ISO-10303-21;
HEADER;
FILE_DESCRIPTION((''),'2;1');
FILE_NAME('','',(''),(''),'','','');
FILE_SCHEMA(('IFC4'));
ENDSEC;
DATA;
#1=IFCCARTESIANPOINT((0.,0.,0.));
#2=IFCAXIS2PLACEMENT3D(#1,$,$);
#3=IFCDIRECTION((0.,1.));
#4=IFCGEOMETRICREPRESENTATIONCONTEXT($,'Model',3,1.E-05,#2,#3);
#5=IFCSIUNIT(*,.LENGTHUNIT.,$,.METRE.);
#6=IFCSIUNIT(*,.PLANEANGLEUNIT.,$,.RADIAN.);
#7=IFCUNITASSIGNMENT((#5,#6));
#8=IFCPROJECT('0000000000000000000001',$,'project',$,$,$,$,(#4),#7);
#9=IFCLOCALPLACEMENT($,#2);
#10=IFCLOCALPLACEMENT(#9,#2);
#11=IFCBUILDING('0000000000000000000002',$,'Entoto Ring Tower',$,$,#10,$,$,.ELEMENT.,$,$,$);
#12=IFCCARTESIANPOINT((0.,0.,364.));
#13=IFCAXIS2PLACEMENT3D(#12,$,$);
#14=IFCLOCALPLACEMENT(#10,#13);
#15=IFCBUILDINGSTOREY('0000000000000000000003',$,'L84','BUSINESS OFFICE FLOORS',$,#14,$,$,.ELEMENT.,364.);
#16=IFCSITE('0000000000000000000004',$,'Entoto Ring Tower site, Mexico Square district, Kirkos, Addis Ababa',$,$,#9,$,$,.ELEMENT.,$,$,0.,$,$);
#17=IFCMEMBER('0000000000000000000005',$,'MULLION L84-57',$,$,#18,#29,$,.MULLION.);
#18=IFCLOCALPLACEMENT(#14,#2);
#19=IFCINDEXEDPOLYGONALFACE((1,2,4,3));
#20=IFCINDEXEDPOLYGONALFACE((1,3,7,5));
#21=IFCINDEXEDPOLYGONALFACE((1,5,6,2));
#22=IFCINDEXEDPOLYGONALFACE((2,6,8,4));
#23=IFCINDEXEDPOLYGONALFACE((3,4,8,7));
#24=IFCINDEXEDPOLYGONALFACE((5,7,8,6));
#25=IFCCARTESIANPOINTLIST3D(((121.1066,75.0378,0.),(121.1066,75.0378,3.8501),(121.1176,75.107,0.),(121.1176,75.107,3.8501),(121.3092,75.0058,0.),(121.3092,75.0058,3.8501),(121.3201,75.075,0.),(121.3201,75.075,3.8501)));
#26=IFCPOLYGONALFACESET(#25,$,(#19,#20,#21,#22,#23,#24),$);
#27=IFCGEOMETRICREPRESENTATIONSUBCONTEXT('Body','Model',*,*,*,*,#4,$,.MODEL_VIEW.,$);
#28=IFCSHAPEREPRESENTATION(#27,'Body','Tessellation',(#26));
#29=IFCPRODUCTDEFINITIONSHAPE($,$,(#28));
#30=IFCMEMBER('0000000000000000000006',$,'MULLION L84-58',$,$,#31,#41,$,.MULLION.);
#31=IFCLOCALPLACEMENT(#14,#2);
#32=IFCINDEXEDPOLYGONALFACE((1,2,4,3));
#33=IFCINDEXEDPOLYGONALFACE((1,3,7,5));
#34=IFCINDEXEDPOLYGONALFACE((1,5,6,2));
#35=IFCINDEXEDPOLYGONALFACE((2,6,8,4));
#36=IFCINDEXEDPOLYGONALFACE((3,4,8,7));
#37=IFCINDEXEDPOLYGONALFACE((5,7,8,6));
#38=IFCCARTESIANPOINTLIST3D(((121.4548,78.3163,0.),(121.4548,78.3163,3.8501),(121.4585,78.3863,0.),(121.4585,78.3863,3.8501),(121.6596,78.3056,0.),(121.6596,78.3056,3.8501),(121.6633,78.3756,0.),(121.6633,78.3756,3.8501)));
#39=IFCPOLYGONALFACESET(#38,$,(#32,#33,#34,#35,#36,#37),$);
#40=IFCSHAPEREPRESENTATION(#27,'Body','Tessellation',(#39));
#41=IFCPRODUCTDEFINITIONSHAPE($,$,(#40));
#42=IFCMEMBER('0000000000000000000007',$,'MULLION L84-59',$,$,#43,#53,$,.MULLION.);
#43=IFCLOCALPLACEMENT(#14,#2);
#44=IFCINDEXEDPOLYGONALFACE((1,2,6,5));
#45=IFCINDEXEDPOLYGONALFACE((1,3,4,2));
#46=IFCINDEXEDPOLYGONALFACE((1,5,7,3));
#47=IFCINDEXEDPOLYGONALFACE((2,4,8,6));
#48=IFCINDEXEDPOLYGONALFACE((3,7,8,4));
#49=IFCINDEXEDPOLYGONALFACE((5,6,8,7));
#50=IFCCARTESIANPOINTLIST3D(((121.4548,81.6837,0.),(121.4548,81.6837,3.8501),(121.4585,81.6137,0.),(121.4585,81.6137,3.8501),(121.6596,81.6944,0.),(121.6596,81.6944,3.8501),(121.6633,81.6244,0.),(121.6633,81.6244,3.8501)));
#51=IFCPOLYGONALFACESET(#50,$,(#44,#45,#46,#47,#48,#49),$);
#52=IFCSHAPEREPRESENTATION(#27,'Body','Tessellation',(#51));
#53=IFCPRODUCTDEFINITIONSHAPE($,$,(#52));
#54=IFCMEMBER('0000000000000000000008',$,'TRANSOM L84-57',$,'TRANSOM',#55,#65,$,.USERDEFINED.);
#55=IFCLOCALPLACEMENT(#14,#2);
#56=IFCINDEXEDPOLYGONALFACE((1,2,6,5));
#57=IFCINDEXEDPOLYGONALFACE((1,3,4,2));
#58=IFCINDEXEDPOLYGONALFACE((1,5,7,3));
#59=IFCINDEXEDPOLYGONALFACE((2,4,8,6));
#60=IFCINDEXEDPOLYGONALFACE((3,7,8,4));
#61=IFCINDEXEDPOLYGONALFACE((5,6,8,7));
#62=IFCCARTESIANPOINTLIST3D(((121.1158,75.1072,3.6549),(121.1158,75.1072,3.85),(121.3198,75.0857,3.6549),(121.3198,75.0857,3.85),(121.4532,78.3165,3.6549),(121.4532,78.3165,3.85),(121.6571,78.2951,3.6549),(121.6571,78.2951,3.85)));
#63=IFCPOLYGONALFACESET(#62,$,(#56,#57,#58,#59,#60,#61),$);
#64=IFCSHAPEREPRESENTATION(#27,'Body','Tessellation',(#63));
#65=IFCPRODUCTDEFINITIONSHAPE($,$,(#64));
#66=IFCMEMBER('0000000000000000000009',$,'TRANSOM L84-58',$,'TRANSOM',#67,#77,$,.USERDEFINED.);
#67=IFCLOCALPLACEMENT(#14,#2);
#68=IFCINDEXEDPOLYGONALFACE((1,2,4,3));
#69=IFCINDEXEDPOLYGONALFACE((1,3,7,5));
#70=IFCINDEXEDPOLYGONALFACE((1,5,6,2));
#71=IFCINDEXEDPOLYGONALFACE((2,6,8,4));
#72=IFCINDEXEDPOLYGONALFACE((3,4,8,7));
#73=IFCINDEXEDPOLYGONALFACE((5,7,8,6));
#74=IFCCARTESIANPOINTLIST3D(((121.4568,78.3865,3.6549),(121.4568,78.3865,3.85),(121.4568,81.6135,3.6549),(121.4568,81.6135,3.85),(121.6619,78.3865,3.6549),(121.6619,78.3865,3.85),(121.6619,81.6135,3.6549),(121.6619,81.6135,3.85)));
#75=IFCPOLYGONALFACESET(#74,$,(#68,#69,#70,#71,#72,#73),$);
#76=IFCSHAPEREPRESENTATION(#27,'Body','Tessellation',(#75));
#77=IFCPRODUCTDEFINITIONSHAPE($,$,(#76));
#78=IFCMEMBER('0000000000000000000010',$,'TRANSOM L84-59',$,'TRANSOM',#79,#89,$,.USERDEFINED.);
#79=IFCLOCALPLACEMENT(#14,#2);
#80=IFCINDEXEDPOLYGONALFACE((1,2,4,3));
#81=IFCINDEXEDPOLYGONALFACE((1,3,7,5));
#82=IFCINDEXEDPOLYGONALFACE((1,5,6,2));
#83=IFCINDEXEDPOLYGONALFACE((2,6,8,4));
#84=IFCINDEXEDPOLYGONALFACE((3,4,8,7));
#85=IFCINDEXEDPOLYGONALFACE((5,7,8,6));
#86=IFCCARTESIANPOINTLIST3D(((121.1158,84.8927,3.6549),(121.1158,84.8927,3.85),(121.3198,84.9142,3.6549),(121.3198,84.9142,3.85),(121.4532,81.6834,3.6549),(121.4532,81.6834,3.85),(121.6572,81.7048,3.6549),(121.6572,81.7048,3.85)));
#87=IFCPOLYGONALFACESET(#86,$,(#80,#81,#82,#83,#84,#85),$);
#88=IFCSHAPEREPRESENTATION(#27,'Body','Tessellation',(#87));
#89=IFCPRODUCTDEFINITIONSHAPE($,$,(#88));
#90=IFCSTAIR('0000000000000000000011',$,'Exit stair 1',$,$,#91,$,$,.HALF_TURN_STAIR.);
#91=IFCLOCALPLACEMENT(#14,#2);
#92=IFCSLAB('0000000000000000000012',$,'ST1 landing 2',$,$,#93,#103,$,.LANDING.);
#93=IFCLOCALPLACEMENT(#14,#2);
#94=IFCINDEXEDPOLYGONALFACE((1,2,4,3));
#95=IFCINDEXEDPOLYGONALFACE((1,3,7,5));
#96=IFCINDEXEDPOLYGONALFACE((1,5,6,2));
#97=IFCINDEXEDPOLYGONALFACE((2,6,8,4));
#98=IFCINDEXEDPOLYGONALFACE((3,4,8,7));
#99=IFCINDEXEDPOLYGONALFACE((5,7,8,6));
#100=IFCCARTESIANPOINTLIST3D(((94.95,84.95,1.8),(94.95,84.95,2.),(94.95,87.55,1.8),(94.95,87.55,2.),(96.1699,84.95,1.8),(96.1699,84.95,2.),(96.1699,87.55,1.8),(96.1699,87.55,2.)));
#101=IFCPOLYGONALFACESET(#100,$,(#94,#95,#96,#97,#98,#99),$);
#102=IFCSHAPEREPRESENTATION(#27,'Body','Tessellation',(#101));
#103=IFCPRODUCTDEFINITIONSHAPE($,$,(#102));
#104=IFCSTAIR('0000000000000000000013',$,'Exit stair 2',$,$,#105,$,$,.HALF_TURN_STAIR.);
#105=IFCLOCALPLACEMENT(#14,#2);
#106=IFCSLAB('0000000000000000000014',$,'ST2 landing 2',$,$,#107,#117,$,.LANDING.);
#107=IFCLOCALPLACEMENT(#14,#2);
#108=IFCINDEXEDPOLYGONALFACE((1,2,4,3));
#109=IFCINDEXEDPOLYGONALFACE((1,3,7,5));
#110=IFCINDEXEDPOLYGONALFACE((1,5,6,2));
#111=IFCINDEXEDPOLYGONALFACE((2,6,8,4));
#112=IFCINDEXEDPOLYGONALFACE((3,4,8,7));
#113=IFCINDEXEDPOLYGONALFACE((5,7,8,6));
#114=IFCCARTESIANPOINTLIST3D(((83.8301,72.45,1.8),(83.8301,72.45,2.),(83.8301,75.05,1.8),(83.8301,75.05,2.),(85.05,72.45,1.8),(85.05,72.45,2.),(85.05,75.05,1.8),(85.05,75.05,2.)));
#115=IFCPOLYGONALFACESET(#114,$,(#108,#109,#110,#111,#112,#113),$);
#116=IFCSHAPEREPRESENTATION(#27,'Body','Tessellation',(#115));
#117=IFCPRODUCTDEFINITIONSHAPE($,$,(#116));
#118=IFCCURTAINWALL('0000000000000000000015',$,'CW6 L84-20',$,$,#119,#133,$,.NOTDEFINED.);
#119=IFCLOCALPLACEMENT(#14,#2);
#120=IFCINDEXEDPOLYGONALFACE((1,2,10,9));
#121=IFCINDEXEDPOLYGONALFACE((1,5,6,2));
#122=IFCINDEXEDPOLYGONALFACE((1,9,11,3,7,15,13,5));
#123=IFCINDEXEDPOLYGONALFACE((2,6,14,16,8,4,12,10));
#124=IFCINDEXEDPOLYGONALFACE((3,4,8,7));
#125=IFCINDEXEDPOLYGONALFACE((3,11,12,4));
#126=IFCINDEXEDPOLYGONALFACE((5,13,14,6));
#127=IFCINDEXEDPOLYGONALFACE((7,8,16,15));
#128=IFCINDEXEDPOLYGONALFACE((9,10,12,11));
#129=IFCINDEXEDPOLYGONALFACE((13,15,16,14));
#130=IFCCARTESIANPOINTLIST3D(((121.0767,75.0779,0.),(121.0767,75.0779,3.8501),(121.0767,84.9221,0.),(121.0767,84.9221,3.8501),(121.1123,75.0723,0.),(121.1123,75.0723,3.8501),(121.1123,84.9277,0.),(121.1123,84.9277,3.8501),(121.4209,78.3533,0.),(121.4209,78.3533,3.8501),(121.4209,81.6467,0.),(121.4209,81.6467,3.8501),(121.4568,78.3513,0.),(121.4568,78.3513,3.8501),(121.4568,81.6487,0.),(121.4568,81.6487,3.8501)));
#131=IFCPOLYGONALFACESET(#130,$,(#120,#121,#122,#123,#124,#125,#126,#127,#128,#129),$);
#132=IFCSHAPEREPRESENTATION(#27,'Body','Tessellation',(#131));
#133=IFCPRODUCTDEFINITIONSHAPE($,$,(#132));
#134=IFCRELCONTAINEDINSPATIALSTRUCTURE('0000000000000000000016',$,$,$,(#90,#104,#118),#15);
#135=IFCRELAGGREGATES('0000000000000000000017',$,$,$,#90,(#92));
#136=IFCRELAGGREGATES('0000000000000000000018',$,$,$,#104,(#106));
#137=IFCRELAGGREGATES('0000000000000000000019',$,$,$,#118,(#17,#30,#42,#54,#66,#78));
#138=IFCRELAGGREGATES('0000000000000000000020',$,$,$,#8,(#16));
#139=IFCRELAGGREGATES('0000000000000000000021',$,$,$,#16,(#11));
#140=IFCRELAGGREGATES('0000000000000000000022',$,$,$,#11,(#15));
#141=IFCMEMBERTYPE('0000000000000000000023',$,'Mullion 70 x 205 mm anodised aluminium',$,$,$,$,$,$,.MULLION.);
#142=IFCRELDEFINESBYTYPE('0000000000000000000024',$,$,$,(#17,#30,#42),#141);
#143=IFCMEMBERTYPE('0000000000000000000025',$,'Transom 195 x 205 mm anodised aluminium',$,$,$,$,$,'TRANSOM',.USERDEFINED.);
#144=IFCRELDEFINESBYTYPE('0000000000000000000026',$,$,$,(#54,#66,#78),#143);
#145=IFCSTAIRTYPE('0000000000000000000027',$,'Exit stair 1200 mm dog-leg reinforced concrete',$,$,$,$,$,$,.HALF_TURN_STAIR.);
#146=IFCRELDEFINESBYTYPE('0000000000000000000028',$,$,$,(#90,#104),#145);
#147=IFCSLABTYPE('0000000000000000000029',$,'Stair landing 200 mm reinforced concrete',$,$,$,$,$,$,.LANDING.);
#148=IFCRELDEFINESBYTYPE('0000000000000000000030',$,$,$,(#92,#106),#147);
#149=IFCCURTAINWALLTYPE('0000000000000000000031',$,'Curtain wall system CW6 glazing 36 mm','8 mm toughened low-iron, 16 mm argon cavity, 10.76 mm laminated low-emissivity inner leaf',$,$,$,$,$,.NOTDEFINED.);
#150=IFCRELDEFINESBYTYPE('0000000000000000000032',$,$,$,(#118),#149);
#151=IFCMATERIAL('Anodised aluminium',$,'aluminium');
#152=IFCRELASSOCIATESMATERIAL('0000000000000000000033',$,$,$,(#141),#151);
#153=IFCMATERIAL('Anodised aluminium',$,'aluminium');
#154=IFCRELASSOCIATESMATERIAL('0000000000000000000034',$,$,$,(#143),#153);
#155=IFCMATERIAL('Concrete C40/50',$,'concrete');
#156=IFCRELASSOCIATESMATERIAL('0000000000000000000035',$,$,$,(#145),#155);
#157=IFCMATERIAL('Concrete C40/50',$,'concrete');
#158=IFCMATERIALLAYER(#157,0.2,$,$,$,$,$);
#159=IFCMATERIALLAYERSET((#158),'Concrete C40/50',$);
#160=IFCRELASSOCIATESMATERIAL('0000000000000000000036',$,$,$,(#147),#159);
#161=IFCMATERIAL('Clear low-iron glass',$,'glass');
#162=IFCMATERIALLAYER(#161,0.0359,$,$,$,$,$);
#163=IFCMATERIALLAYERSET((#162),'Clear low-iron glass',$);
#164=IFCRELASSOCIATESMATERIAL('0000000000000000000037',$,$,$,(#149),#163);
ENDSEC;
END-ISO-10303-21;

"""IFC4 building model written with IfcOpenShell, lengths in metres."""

from ifc_helpers import new_model, si_unit, direction, frame, origin, origin_2d, place, context, subcontext, project, spatial, polyline, rectangle, outline, extrude, material, layer, layer_set, material_profile, profile_set, type_object, element, aggregate, save


model = new_model("IFC4")

# Units and contexts
model_context = context("Model", 3, precision=1e-05, world=origin(), true_north=direction((0.0, 1.0)))
body_context = subcontext(model_context, "Body", "Model", "MODEL_VIEW")
ifc_project = project(units=[si_unit("LENGTHUNIT", "METRE"), si_unit("PLANEANGLEUNIT", "RADIAN")], contexts=[model_context])

# Members
ifc_material_1 = material(Name="Anodised aluminium", Category="aluminium")
ifc_material_profile_1 = material_profile(ifc_material_1, rectangle(XDim=0.0701, YDim=0.2051, at=origin_2d()), Name="Mullion 70 x 205 mm anodised aluminium")
ifc_profile_set_1 = profile_set([ifc_material_profile_1], Name="Anodised aluminium")
member_type_1 = type_object("IfcMemberType", Name="Mullion 70 x 205 mm anodised aluminium", PredefinedType="MULLION", material=ifc_profile_set_1)
site_placement = place(None, origin())
building_placement = place(site_placement, origin())
storey_placement = place(building_placement, frame((0.0, 0.0, 364.0)))
member_1_placement = place(storey_placement, frame((121.2134, 75.0564, 0.0), z_axis=(0.0, 0.0, 1.0), x_axis=(0.156434, 0.987688, 0.0)))
member_1 = element("IfcMember", 1, at=member_1_placement, type_object=member_type_1, Name="MULLION L84-57", PredefinedType="MULLION", context=body_context, shape_type="SweptSolid", body=[
    extrude(rectangle(XDim=0.0701, YDim=0.2051, at=origin_2d()), origin(), (0.0, 0.0, 1.0), 3.8501),
])
member_2_placement = place(storey_placement, frame((121.5591, 78.3459, 0.0), z_axis=(0.0, 0.0, 1.0), x_axis=(0.052336, 0.99863, 0.0)))
member_2 = element("IfcMember", 2, at=member_2_placement, type_object=member_type_1, Name="MULLION L84-58", PredefinedType="MULLION", context=body_context, shape_type="SweptSolid", body=[
    extrude(rectangle(XDim=0.0701, YDim=0.2051, at=origin_2d()), origin(), (0.0, 0.0, 1.0), 3.8501),
])
member_3_placement = place(storey_placement, frame((121.5591, 81.6541, 0.0), z_axis=(0.0, 0.0, 1.0), x_axis=(-0.052336, 0.99863, 0.0)))
member_3 = element("IfcMember", 3, at=member_3_placement, type_object=member_type_1, Name="MULLION L84-59", PredefinedType="MULLION", context=body_context, shape_type="SweptSolid", body=[
    extrude(rectangle(XDim=0.0701, YDim=0.2051, at=origin_2d()), origin(), (0.0, 0.0, 1.0), 3.8501),
])
ifc_material_2 = material(Name="Anodised aluminium", Category="aluminium")
ifc_material_profile_2 = material_profile(ifc_material_2, rectangle(XDim=0.2051, YDim=0.1951, at=origin_2d()), Name="Transom 195 x 205 mm anodised aluminium")
ifc_profile_set_2 = profile_set([ifc_material_profile_2], Name="Anodised aluminium")
member_type_2 = type_object("IfcMemberType", Name="Transom 195 x 205 mm anodised aluminium", ElementType="TRANSOM", PredefinedType="USERDEFINED", material=ifc_profile_set_2)
member_4_placement = place(storey_placement, frame((121.2178, 75.0964, 3.7524), z_axis=(0.104551, 0.99452, 0.0), x_axis=(-0.99452, 0.104551, 0.0)))
member_4 = element("IfcMember", 4, at=member_4_placement, type_object=member_type_2, Name="TRANSOM L84-57", ObjectType="TRANSOM", PredefinedType="USERDEFINED", context=body_context, shape_type="SweptSolid", body=[
    extrude(rectangle(XDim=0.2051, YDim=0.1951, at=origin_2d()), origin(), (0.0, 0.0, 1.0), 3.2271),
])
member_5_placement = place(storey_placement, frame((121.5593, 78.3865, 3.7524), z_axis=(0.0, 1.0, 0.0), x_axis=(-1.0, 0.0, 0.0)))
member_5 = element("IfcMember", 5, at=member_5_placement, type_object=member_type_2, Name="TRANSOM L84-58", ObjectType="TRANSOM", PredefinedType="USERDEFINED", context=body_context, shape_type="SweptSolid", body=[
    extrude(rectangle(XDim=0.2051, YDim=0.1951, at=origin_2d()), origin(), (0.0, 0.0, 1.0), 3.2271),
])
member_6_placement = place(storey_placement, frame((121.5552, 81.6941, 3.7524), z_axis=(-0.104551, 0.99452, 0.0), x_axis=(-0.99452, -0.104551, 0.0)))
member_6 = element("IfcMember", 6, at=member_6_placement, type_object=member_type_2, Name="TRANSOM L84-59", ObjectType="TRANSOM", PredefinedType="USERDEFINED", context=body_context, shape_type="SweptSolid", body=[
    extrude(rectangle(XDim=0.2051, YDim=0.1951, at=origin_2d()), origin(), (0.0, 0.0, 1.0), 3.2271),
])

# Site, building, storey
site = spatial("IfcSite", under=ifc_project, at=site_placement, Name="Entoto Ring Tower site, Mexico Square district, Kirkos, Addis Ababa", CompositionType="ELEMENT", RefElevation=0.0)
building = spatial("IfcBuilding", under=site, at=building_placement, Name="Entoto Ring Tower", CompositionType="ELEMENT")
storey = spatial("IfcBuildingStorey", under=building, at=storey_placement, Name="L84", Description="BUSINESS OFFICE FLOORS", CompositionType="ELEMENT", Elevation=364.0)

# Stairs, slabs
ifc_material_3 = material(Name="Concrete C40/50", Category="concrete")
stair_type = type_object("IfcStairType", Name="Exit stair 1200 mm dog-leg reinforced concrete", PredefinedType="HALF_TURN_STAIR", material=ifc_material_3)
stair_1_placement = place(storey_placement, origin())
stair_1 = element("IfcStair", 7, at=stair_1_placement, inside=storey, type_object=stair_type, Name="Exit stair 1", PredefinedType="HALF_TURN_STAIR")
ifc_material_4 = material(Name="Concrete C40/50", Category="concrete")
ifc_layer_1 = layer(ifc_material_4, 0.2)
ifc_layer_set_1 = layer_set([ifc_layer_1], Name="Concrete C40/50")
slab_type = type_object("IfcSlabType", Name="Stair landing 200 mm reinforced concrete", PredefinedType="LANDING", material=ifc_layer_set_1)
slab_1_placement = place(storey_placement, frame((0.0, 0.0, 1.8)))
slab_1 = element("IfcSlab", 8, at=slab_1_placement, type_object=slab_type, Name="ST1 landing 2", PredefinedType="LANDING", context=body_context, shape_type="SweptSolid", body=[
    extrude(outline(polyline([(94.95, 84.95), (96.1699, 84.95), (96.1699, 87.55), (94.95, 87.55), (94.95, 84.95)])), origin(), (0.0, 0.0, 1.0), 0.2),
])
aggregate(stair_1, [slab_1])
stair_2_placement = place(storey_placement, origin())
stair_2 = element("IfcStair", 9, at=stair_2_placement, inside=storey, type_object=stair_type, Name="Exit stair 2", PredefinedType="HALF_TURN_STAIR")
slab_2_placement = place(storey_placement, frame((0.0, 0.0, 1.8)))
slab_2 = element("IfcSlab", 10, at=slab_2_placement, type_object=slab_type, Name="ST2 landing 2", PredefinedType="LANDING", context=body_context, shape_type="SweptSolid", body=[
    extrude(outline(polyline([(83.8301, 72.45), (85.05, 72.45), (85.05, 75.05), (83.8301, 75.05), (83.8301, 72.45)])), origin(), (0.0, 0.0, 1.0), 0.2),
])
aggregate(stair_2, [slab_2])

# Curtain wall
ifc_material_5 = material(Name="Clear low-iron glass", Category="glass")
ifc_layer_2 = layer(ifc_material_5, 0.0359)
ifc_layer_set_2 = layer_set([ifc_layer_2], Name="Clear low-iron glass")
curtain_wall_type = type_object("IfcCurtainWallType", Name="Curtain wall system CW6 glazing 36 mm", Description="8 mm toughened low-iron, 16 mm argon cavity, 10.76 mm laminated low-emissivity inner leaf", PredefinedType="NOTDEFINED", material=ifc_layer_set_2)
curtain_wall_1_placement = place(storey_placement, origin())
curtain_wall_1 = element("IfcCurtainWall", 11, at=curtain_wall_1_placement, inside=storey, type_object=curtain_wall_type, Name="CW6 L84-20", PredefinedType="NOTDEFINED", context=body_context, shape_type="SweptSolid", body=[
    extrude(outline(polyline([(121.1123, 75.0723), (121.4568, 78.3513), (121.4568, 81.6487), (121.1123, 84.9277), (121.0767, 84.9221), (121.4209, 81.6467), (121.4209, 78.3533), (121.0767, 75.0779), (121.1123, 75.0723)])), origin(), (0.0, 0.0, 1.0), 3.8501),
])
aggregate(curtain_wall_1, [member_1, member_2, member_3, member_4, member_5, member_6])

save(model, "model.ifc")
